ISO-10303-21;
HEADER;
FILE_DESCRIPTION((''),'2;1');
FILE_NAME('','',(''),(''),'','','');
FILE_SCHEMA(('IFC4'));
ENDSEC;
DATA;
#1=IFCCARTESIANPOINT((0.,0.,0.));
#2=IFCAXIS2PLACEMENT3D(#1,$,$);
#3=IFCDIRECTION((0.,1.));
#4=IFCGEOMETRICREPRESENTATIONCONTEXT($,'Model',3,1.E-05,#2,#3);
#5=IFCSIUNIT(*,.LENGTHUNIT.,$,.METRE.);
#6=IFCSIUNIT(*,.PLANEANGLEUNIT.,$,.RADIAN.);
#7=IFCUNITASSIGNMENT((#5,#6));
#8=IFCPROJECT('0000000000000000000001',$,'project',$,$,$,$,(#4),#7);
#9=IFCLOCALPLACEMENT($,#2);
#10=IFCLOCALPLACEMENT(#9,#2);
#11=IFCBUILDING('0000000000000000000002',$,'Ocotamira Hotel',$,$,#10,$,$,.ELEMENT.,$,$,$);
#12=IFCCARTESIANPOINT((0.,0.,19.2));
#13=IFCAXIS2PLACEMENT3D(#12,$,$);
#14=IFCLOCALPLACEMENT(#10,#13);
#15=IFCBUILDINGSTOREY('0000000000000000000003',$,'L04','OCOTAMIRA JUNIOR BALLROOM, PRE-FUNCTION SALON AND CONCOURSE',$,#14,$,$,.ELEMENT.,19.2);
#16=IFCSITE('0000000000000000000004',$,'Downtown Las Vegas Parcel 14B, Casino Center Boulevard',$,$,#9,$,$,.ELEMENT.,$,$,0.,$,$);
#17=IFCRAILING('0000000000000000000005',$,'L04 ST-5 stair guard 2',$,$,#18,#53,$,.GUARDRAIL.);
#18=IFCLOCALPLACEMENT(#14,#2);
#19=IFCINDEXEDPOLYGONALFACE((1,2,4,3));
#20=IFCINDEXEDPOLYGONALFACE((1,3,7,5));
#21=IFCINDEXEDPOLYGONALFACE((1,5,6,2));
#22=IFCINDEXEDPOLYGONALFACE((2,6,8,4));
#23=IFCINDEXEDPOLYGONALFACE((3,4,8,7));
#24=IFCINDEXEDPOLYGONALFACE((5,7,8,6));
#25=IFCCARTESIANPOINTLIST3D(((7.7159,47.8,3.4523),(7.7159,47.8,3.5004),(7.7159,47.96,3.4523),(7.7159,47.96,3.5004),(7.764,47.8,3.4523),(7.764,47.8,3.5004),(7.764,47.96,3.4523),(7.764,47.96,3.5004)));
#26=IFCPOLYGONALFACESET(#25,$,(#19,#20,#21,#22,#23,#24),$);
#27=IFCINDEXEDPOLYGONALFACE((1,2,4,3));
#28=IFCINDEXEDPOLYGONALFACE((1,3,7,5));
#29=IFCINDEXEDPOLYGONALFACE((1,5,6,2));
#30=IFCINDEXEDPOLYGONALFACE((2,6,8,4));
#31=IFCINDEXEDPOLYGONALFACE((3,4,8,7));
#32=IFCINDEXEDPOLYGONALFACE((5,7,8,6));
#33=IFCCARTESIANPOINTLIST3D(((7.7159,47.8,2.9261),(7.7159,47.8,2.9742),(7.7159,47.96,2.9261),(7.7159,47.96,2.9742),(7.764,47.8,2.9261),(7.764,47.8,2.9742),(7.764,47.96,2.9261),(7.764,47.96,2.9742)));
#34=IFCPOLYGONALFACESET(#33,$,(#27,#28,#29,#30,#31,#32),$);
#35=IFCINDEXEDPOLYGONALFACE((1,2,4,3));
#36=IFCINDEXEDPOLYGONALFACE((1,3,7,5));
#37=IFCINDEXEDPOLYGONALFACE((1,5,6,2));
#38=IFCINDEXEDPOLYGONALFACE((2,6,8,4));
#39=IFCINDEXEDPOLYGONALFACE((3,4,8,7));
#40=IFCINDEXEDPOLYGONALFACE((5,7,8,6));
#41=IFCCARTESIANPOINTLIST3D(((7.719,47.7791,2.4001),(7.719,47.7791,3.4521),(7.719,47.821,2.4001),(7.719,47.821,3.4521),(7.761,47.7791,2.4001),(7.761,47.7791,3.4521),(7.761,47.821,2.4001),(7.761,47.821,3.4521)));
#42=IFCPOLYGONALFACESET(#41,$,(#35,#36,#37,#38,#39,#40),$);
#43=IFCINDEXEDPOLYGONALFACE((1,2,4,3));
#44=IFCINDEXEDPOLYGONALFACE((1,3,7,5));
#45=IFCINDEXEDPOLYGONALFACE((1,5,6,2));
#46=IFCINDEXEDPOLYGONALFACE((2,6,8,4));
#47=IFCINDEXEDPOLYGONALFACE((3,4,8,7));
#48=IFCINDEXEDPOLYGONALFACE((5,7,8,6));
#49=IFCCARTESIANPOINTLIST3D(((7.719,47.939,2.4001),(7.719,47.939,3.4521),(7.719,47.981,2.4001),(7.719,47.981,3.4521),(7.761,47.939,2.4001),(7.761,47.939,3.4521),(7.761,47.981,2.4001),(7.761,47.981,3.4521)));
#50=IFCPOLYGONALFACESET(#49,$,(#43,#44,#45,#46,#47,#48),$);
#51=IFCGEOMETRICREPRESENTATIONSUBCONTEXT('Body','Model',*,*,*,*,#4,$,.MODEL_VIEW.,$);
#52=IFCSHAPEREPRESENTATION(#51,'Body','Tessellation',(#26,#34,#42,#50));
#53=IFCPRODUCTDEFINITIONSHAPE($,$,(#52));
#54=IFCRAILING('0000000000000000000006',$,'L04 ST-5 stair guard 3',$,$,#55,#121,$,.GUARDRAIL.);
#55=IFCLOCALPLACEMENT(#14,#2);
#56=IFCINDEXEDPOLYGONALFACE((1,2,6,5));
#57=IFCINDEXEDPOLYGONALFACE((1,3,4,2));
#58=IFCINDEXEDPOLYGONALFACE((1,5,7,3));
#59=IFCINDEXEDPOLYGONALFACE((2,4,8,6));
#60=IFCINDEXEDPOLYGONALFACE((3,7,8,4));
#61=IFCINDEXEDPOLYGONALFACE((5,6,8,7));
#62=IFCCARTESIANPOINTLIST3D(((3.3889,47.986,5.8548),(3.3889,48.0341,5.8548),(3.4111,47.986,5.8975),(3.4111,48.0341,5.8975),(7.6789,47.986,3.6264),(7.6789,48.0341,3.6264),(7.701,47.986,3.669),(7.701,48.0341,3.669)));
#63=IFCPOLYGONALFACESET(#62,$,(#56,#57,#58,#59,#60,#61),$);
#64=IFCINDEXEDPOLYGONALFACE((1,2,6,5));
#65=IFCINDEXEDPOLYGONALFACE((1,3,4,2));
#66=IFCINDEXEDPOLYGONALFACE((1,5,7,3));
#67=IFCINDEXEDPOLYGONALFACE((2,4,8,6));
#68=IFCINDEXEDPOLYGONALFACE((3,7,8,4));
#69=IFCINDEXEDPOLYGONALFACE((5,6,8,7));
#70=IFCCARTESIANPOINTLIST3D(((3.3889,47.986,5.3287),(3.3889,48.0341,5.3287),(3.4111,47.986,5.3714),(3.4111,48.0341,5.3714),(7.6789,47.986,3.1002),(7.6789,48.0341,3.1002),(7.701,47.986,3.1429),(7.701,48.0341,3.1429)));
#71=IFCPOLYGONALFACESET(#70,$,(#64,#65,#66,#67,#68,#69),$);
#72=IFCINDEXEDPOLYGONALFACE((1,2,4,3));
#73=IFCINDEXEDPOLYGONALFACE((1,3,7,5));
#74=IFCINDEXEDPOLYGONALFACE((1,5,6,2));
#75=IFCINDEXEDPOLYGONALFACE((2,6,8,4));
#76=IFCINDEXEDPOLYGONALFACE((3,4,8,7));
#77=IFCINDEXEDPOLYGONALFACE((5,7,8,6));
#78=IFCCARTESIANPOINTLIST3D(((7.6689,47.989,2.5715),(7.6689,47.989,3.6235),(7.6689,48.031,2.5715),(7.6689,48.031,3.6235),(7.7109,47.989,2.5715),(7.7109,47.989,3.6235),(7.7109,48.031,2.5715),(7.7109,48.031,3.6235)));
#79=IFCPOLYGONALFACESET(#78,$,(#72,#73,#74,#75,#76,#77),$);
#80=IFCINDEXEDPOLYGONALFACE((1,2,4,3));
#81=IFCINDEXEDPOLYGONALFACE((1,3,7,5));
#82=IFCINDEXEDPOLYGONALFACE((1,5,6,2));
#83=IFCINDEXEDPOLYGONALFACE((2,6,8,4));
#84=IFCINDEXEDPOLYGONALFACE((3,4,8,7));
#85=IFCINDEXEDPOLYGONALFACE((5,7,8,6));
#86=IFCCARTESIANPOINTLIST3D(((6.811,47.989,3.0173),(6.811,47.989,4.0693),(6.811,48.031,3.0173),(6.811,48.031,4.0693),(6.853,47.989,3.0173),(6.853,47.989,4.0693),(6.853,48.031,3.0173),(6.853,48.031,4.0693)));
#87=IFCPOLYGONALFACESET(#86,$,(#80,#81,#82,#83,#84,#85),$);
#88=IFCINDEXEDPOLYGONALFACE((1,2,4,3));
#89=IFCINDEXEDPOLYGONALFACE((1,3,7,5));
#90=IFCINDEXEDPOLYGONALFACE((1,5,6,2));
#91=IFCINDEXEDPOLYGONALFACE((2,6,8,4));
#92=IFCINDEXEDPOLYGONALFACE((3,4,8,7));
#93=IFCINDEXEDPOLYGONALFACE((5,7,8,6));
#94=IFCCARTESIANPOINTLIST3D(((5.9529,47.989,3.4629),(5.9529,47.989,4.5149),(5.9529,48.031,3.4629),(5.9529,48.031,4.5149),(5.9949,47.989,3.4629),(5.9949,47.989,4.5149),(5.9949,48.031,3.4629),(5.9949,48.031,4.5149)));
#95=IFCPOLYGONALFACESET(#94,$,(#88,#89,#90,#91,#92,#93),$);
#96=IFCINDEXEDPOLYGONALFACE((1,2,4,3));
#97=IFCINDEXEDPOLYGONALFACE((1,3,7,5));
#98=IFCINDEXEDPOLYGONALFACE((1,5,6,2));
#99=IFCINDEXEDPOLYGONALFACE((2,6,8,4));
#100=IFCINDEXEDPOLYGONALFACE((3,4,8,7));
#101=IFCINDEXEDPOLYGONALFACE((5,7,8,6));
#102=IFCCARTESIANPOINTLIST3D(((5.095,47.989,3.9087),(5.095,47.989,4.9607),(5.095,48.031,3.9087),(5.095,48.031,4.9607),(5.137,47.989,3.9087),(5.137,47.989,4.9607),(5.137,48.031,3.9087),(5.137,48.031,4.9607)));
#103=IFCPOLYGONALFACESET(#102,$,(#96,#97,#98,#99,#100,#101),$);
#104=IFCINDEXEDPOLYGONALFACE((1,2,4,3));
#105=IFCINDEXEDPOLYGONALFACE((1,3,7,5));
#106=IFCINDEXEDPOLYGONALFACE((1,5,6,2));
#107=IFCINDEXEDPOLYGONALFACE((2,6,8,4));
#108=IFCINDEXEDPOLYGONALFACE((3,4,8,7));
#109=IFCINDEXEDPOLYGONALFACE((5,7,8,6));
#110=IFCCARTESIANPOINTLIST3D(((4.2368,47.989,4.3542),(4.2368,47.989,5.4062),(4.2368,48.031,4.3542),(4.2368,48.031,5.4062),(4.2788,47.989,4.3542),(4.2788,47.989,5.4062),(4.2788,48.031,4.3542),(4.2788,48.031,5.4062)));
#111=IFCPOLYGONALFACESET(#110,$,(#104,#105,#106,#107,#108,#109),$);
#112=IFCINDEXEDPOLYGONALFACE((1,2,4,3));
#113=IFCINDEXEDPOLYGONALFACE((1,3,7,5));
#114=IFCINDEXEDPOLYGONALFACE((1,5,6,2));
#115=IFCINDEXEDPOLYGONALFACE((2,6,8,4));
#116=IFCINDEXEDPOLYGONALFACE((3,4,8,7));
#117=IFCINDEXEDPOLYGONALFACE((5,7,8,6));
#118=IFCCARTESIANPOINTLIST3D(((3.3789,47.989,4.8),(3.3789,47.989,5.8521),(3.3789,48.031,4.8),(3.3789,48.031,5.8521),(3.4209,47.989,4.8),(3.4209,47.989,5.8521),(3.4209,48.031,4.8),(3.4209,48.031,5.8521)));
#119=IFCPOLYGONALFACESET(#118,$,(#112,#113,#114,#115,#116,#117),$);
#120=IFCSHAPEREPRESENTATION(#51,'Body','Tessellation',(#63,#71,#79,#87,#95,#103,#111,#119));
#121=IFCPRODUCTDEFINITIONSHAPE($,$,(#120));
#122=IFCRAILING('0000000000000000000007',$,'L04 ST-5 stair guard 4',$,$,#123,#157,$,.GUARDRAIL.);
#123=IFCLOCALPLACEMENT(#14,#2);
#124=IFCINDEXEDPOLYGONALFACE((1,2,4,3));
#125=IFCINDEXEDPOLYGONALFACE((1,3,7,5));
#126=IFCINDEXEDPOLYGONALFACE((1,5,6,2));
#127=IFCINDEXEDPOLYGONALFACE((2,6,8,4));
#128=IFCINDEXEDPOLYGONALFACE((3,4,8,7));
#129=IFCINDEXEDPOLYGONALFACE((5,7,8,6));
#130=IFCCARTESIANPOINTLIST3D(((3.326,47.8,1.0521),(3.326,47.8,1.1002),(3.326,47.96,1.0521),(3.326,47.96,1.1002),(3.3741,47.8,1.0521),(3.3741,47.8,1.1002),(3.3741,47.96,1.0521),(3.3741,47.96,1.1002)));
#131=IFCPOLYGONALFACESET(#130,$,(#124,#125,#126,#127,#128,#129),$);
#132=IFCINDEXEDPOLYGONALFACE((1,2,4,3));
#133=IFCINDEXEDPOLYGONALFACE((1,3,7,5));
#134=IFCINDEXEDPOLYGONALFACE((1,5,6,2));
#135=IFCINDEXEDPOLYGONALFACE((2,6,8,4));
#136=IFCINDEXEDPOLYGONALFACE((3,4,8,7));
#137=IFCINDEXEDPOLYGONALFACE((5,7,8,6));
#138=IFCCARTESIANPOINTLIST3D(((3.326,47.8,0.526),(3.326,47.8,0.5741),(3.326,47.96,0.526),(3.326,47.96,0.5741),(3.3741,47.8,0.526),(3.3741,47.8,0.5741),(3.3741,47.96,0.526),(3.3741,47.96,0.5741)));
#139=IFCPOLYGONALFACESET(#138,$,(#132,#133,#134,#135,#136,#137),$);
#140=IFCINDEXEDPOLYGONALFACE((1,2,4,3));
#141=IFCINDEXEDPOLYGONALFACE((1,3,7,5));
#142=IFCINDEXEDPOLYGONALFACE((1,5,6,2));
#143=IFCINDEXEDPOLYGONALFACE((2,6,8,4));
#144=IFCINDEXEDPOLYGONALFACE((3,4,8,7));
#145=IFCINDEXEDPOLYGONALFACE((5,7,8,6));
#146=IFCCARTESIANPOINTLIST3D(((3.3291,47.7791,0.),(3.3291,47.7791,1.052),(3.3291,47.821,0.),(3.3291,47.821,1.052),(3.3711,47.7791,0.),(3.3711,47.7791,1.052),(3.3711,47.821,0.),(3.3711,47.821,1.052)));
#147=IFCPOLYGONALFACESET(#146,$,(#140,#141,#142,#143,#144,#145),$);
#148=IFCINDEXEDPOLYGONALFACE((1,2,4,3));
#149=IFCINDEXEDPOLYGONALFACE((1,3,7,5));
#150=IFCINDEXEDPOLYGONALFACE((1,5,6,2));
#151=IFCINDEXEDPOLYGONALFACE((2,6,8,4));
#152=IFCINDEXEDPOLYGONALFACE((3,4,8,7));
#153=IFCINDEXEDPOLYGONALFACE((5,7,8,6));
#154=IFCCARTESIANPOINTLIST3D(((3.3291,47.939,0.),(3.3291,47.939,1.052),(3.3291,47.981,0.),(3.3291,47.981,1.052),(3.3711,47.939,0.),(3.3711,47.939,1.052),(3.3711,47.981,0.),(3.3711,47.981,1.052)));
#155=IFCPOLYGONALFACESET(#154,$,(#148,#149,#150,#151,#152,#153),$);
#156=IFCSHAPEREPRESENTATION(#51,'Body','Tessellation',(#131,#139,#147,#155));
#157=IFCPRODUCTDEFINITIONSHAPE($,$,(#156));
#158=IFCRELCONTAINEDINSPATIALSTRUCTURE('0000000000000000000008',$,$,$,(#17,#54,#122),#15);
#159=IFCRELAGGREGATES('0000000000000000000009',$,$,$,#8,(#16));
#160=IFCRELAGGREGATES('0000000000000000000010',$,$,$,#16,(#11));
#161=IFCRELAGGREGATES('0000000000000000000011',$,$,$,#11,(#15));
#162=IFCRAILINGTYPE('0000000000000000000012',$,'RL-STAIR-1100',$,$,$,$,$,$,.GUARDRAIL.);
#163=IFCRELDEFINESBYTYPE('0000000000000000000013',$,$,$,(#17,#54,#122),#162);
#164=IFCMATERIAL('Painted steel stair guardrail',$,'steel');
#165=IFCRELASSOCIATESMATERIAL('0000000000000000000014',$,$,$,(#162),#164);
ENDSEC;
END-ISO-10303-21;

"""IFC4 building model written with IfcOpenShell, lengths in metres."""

from ifc_helpers import new_model, si_unit, direction, frame, origin, origin_2d, place, context, subcontext, project, spatial, rectangle, extrude, material, type_object, element, save


model = new_model("IFC4")

# Units and contexts
model_context = context("Model", 3, precision=1e-05, world=origin(), true_north=direction((0.0, 1.0)))
body_context = subcontext(model_context, "Body", "Model", "MODEL_VIEW")
ifc_project = project(units=[si_unit("LENGTHUNIT", "METRE"), si_unit("PLANEANGLEUNIT", "RADIAN")], contexts=[model_context])

# Site, building, storey
site_placement = place(None, origin())
site = spatial("IfcSite", under=ifc_project, at=site_placement, Name="Downtown Las Vegas Parcel 14B, Casino Center Boulevard", CompositionType="ELEMENT", RefElevation=0.0)
building_placement = place(site_placement, origin())
building = spatial("IfcBuilding", under=site, at=building_placement, Name="Ocotamira Hotel", CompositionType="ELEMENT")
storey_placement = place(building_placement, frame((0.0, 0.0, 19.2)))
storey = spatial("IfcBuildingStorey", under=building, at=storey_placement, Name="L04", Description="OCOTAMIRA JUNIOR BALLROOM, PRE-FUNCTION SALON AND CONCOURSE", CompositionType="ELEMENT", Elevation=19.2)

# Railings
ifc_material_1 = material(Name="Painted steel stair guardrail", Category="steel")
railing_type_1 = type_object("IfcRailingType", Name="RL-STAIR-1100", PredefinedType="GUARDRAIL", material=ifc_material_1)
railing_1_placement = place(storey_placement, frame((7.74, 47.8, 2.4001)))
element("IfcRailing", 1, at=railing_1_placement, inside=storey, type_object=railing_type_1, Name="L04 ST-5 stair guard 2", PredefinedType="GUARDRAIL", context=body_context, shape_type="SweptSolid", body=[
    extrude(rectangle(XDim=0.0481, YDim=0.0481, at=origin_2d()), frame((0.0, 0.0, 1.0762), z_axis=(0.0, 1.0, 0.0), x_axis=(-1.0, 0.0, 0.0)), (0.0, 0.0, 1.0), 0.1599),
    extrude(rectangle(XDim=0.0481, YDim=0.0481, at=origin_2d()), frame((0.0, 0.0, 0.55), z_axis=(0.0, 1.0, 0.0), x_axis=(-1.0, 0.0, 0.0)), (0.0, 0.0, 1.0), 0.1599),
    extrude(rectangle(XDim=0.042, YDim=0.042, at=origin_2d()), origin(), (0.0, 0.0, 1.0), 1.052),
    extrude(rectangle(XDim=0.042, YDim=0.042, at=origin_2d()), frame((0.0, 0.1599, 0.0)), (0.0, 0.0, 1.0), 1.052),
])
railing_2_placement = place(storey_placement, frame((7.6899, 48.01, 2.5715)))
element("IfcRailing", 2, at=railing_2_placement, inside=storey, type_object=railing_type_1, Name="L04 ST-5 stair guard 3", PredefinedType="GUARDRAIL", context=body_context, shape_type="SweptSolid", body=[
    extrude(rectangle(XDim=0.0481, YDim=0.0481, at=origin_2d()), frame((0.0, 0.0, 1.0762), z_axis=(-0.887412, 0.0, 0.460977), x_axis=(0.0, -1.0, 0.0)), (0.0, 0.0, 1.0), 4.8342),
    extrude(rectangle(XDim=0.0481, YDim=0.0481, at=origin_2d()), frame((0.0, 0.0, 0.55), z_axis=(-0.887412, 0.0, 0.460977), x_axis=(0.0, -1.0, 0.0)), (0.0, 0.0, 1.0), 4.8342),
    extrude(rectangle(XDim=0.042, YDim=0.042, at=origin_2d()), origin(), (0.0, 0.0, 1.0), 1.052),
    extrude(rectangle(XDim=0.042, YDim=0.042, at=origin_2d()), frame((-0.8579, 0.0, 0.4458)), (0.0, 0.0, 1.0), 1.052),
    extrude(rectangle(XDim=0.042, YDim=0.042, at=origin_2d()), frame((-1.7161, 0.0, 0.8914)), (0.0, 0.0, 1.0), 1.052),
    extrude(rectangle(XDim=0.042, YDim=0.042, at=origin_2d()), frame((-2.574, 0.0, 1.3372)), (0.0, 0.0, 1.0), 1.052),
    extrude(rectangle(XDim=0.042, YDim=0.042, at=origin_2d()), frame((-3.4321, 0.0, 1.7827)), (0.0, 0.0, 1.0), 1.052),
    extrude(rectangle(XDim=0.042, YDim=0.042, at=origin_2d()), frame((-4.29, 0.0, 2.2285)), (0.0, 0.0, 1.0), 1.052),
])
railing_3_placement = place(storey_placement, frame((3.3501, 47.8, 0.0)))
element("IfcRailing", 3, at=railing_3_placement, inside=storey, type_object=railing_type_1, Name="L04 ST-5 stair guard 4", PredefinedType="GUARDRAIL", context=body_context, shape_type="SweptSolid", body=[
    extrude(rectangle(XDim=0.0481, YDim=0.0481, at=origin_2d()), frame((0.0, 0.0, 1.0762), z_axis=(0.0, 1.0, 0.0), x_axis=(-1.0, 0.0, 0.0)), (0.0, 0.0, 1.0), 0.1599),
    extrude(rectangle(XDim=0.0481, YDim=0.0481, at=origin_2d()), frame((0.0, 0.0, 0.55), z_axis=(0.0, 1.0, 0.0), x_axis=(-1.0, 0.0, 0.0)), (0.0, 0.0, 1.0), 0.1599),
    extrude(rectangle(XDim=0.042, YDim=0.042, at=origin_2d()), origin(), (0.0, 0.0, 1.0), 1.052),
    extrude(rectangle(XDim=0.042, YDim=0.042, at=origin_2d()), frame((0.0, 0.1599, 0.0)), (0.0, 0.0, 1.0), 1.052),
])

save(model, "model.ifc")
